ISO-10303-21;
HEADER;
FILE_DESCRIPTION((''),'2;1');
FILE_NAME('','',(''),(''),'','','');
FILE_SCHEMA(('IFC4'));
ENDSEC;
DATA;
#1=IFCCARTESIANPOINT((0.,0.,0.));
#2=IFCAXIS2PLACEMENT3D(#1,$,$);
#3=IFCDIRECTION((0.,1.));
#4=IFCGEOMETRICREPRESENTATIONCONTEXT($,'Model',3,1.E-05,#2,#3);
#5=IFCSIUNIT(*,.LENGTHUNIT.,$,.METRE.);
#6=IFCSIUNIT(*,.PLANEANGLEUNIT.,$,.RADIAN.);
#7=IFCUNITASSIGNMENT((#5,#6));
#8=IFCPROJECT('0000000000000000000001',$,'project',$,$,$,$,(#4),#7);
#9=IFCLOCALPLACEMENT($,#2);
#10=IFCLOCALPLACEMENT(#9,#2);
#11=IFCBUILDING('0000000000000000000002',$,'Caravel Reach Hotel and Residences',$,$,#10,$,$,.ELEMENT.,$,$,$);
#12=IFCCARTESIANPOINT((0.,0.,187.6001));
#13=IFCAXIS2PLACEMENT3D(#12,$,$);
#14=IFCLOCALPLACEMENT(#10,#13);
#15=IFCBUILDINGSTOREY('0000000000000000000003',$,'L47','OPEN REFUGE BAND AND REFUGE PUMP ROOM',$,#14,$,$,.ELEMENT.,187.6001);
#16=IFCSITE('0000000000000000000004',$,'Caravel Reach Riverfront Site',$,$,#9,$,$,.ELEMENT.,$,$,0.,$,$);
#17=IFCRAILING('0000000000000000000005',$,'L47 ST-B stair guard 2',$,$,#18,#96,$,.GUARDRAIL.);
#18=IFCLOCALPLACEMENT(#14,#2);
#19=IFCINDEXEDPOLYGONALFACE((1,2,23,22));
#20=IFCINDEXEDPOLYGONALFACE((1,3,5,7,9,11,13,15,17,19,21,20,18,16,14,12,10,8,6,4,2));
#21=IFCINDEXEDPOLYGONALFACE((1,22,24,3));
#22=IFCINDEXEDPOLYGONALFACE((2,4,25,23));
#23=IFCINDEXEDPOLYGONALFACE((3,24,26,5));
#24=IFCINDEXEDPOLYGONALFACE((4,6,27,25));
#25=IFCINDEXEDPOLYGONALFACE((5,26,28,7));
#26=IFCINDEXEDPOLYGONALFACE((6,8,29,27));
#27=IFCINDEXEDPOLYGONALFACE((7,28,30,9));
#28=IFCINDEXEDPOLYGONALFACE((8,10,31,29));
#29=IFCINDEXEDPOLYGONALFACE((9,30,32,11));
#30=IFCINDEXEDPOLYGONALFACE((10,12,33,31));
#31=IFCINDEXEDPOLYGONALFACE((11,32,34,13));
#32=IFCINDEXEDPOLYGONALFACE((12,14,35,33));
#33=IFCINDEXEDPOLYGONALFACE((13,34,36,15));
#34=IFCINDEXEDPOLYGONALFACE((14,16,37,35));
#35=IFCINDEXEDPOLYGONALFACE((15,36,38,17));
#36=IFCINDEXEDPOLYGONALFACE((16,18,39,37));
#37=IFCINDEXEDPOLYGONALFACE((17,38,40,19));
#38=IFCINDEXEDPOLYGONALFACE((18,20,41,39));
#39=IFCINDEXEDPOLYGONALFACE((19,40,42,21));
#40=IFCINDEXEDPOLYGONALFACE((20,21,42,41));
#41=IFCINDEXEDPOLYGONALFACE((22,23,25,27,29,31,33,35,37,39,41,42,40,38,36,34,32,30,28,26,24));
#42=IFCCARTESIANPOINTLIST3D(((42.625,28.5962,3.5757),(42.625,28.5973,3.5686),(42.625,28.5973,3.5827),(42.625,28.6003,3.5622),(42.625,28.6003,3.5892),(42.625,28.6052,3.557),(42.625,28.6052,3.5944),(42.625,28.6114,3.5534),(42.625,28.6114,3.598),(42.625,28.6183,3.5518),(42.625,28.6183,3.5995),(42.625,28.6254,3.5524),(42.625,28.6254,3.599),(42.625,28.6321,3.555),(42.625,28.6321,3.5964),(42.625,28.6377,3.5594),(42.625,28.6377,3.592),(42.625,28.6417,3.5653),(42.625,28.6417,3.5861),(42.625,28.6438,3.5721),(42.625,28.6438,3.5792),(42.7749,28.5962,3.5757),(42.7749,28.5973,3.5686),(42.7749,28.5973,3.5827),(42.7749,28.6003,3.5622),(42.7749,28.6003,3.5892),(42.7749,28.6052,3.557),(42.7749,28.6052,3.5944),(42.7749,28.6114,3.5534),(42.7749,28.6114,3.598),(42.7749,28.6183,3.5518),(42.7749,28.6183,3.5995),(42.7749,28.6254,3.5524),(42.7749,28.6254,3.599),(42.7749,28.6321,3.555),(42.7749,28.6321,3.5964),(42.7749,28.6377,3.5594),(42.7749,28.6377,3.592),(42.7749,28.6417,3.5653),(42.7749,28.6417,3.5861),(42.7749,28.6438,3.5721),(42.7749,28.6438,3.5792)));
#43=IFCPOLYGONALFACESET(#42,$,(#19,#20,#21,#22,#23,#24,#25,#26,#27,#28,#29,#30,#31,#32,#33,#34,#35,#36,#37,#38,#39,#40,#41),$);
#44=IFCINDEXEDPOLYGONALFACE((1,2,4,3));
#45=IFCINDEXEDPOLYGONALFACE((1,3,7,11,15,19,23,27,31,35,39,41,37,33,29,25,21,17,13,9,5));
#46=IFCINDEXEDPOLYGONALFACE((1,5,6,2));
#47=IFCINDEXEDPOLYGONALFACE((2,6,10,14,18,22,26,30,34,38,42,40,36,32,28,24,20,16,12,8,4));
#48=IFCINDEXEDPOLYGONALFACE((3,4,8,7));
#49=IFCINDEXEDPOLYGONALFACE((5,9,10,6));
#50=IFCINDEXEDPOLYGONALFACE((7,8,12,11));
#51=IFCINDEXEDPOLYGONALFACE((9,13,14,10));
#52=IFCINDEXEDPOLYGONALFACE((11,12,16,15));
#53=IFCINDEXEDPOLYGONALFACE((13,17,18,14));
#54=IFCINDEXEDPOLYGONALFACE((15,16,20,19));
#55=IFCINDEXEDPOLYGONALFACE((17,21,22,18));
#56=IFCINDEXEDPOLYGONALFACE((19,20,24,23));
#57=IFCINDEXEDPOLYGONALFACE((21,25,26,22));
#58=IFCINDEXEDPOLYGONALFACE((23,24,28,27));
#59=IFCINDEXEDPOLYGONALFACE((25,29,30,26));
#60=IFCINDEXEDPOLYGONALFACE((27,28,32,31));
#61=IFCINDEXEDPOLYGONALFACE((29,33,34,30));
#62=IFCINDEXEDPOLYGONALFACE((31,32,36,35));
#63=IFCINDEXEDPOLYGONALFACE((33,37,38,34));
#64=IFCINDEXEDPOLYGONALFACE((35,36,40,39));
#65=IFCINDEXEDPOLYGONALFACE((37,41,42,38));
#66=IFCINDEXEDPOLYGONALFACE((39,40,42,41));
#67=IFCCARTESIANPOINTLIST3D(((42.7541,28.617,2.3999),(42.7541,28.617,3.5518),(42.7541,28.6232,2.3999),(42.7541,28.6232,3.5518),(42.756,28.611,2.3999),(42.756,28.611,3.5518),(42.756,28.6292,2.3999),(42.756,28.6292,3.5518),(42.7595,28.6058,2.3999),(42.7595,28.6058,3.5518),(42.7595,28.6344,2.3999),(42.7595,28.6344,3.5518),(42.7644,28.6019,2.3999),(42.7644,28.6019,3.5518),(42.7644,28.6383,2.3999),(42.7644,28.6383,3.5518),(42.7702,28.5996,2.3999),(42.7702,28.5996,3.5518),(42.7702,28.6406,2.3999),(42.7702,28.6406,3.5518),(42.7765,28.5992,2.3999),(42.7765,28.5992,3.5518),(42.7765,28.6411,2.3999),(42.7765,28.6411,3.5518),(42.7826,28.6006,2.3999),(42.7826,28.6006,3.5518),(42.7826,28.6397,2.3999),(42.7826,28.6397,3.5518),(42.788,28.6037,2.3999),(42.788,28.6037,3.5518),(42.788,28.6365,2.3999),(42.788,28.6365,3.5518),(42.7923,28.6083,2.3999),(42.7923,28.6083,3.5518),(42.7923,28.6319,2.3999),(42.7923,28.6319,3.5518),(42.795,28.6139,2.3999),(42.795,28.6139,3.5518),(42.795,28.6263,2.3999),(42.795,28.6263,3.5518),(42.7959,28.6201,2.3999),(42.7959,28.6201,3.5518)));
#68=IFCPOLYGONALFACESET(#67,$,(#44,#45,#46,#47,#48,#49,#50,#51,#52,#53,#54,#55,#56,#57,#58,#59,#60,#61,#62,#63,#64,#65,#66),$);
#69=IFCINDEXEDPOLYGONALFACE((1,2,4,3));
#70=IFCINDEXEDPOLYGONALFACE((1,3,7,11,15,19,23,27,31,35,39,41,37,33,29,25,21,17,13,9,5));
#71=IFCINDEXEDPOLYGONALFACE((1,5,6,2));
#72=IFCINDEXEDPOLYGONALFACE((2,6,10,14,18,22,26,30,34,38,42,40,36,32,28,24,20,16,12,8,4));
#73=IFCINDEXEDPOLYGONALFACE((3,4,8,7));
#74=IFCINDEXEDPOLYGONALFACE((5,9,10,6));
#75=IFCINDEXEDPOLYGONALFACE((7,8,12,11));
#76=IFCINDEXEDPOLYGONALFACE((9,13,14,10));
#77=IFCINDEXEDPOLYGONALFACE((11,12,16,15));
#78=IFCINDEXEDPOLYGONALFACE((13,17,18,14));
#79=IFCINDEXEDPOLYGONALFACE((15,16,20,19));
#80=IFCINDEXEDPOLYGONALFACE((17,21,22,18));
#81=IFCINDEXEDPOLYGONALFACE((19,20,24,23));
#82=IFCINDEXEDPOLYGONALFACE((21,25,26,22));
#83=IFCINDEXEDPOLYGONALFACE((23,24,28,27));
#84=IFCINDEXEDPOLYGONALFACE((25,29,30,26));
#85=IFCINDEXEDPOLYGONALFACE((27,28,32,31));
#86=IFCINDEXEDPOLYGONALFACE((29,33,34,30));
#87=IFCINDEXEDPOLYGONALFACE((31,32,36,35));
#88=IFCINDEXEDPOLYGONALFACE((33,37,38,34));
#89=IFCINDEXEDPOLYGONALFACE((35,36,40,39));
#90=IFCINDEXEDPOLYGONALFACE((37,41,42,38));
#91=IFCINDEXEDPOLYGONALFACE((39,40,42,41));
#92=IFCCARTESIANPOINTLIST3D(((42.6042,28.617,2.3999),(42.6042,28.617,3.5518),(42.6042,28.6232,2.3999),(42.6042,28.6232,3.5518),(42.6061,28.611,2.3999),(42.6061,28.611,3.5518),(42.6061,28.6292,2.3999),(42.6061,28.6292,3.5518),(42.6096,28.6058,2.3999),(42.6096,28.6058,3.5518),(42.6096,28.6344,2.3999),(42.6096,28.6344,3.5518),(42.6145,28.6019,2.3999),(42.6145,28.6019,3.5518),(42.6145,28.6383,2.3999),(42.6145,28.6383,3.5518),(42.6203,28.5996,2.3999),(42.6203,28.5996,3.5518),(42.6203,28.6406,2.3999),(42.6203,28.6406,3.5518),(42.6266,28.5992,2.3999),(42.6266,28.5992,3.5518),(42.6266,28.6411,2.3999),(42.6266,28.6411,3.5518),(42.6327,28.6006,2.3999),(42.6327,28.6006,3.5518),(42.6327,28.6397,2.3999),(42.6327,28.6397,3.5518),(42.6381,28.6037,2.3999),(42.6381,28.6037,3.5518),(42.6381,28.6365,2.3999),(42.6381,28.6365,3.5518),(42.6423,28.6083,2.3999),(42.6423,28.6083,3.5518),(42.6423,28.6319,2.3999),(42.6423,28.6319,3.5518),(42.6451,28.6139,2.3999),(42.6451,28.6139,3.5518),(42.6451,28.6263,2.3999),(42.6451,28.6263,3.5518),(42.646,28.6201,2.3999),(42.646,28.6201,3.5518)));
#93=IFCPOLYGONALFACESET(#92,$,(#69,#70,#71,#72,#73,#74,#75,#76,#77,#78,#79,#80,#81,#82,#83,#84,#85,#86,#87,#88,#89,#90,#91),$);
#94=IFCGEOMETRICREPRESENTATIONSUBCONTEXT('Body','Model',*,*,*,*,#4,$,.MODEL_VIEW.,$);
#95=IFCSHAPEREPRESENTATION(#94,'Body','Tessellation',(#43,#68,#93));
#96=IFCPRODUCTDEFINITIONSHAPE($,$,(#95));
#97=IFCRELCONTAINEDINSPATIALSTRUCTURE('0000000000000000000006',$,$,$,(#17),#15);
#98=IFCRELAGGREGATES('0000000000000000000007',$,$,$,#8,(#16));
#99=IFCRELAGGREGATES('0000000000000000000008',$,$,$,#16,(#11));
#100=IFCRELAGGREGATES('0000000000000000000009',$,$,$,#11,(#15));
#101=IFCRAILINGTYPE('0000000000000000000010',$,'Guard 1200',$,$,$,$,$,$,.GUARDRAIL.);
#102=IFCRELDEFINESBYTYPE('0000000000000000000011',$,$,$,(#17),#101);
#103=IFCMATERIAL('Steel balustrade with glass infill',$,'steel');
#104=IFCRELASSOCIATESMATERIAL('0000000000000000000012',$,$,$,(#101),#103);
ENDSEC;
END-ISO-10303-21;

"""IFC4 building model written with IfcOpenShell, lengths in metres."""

from ifc_helpers import new_model, si_unit, direction, frame, origin, origin_2d, place, context, subcontext, project, spatial, circle, extrude, material, type_object, element, save


model = new_model("IFC4")

# Units and contexts
model_context = context("Model", 3, precision=1e-05, world=origin(), true_north=direction((0.0, 1.0)))
body_context = subcontext(model_context, "Body", "Model", "MODEL_VIEW")
ifc_project = project(units=[si_unit("LENGTHUNIT", "METRE"), si_unit("PLANEANGLEUNIT", "RADIAN")], contexts=[model_context])

# Site, building, storey
site_placement = place(None, origin())
site = spatial("IfcSite", under=ifc_project, at=site_placement, Name="Caravel Reach Riverfront Site", CompositionType="ELEMENT", RefElevation=0.0)
building_placement = place(site_placement, origin())
building = spatial("IfcBuilding", under=site, at=building_placement, Name="Caravel Reach Hotel and Residences", CompositionType="ELEMENT")
storey_placement = place(building_placement, frame((0.0, 0.0, 187.6001)))
storey = spatial("IfcBuildingStorey", under=building, at=storey_placement, Name="L47", Description="OPEN REFUGE BAND AND REFUGE PUMP ROOM", CompositionType="ELEMENT", Elevation=187.6001)

# Railing
ifc_material_1 = material(Name="Steel balustrade with glass infill", Category="steel")
railing_type_1 = type_object("IfcRailingType", Name="Guard 1200", PredefinedType="GUARDRAIL", material=ifc_material_1)
railing_1_placement = place(storey_placement, frame((42.7749, 28.6201, 2.3999)))
element("IfcRailing", 1, at=railing_1_placement, inside=storey, type_object=railing_type_1, Name="L47 ST-B stair guard 2", PredefinedType="GUARDRAIL", context=body_context, shape_type="SweptSolid", body=[
    extrude(circle(Radius=0.0239, at=origin_2d()), frame((0.0, 0.0, 1.1758), z_axis=(-1.0, 0.0, 0.0), x_axis=(0.0, -1.0, 0.0)), (0.0, 0.0, 1.0), 0.1499),
    extrude(circle(Radius=0.021, at=origin_2d()), origin(), (0.0, 0.0, 1.0), 1.1519),
    extrude(circle(Radius=0.021, at=origin_2d()), frame((-0.1499, 0.0, 0.0)), (0.0, 0.0, 1.0), 1.1519),
])

save(model, "model.ifc")
